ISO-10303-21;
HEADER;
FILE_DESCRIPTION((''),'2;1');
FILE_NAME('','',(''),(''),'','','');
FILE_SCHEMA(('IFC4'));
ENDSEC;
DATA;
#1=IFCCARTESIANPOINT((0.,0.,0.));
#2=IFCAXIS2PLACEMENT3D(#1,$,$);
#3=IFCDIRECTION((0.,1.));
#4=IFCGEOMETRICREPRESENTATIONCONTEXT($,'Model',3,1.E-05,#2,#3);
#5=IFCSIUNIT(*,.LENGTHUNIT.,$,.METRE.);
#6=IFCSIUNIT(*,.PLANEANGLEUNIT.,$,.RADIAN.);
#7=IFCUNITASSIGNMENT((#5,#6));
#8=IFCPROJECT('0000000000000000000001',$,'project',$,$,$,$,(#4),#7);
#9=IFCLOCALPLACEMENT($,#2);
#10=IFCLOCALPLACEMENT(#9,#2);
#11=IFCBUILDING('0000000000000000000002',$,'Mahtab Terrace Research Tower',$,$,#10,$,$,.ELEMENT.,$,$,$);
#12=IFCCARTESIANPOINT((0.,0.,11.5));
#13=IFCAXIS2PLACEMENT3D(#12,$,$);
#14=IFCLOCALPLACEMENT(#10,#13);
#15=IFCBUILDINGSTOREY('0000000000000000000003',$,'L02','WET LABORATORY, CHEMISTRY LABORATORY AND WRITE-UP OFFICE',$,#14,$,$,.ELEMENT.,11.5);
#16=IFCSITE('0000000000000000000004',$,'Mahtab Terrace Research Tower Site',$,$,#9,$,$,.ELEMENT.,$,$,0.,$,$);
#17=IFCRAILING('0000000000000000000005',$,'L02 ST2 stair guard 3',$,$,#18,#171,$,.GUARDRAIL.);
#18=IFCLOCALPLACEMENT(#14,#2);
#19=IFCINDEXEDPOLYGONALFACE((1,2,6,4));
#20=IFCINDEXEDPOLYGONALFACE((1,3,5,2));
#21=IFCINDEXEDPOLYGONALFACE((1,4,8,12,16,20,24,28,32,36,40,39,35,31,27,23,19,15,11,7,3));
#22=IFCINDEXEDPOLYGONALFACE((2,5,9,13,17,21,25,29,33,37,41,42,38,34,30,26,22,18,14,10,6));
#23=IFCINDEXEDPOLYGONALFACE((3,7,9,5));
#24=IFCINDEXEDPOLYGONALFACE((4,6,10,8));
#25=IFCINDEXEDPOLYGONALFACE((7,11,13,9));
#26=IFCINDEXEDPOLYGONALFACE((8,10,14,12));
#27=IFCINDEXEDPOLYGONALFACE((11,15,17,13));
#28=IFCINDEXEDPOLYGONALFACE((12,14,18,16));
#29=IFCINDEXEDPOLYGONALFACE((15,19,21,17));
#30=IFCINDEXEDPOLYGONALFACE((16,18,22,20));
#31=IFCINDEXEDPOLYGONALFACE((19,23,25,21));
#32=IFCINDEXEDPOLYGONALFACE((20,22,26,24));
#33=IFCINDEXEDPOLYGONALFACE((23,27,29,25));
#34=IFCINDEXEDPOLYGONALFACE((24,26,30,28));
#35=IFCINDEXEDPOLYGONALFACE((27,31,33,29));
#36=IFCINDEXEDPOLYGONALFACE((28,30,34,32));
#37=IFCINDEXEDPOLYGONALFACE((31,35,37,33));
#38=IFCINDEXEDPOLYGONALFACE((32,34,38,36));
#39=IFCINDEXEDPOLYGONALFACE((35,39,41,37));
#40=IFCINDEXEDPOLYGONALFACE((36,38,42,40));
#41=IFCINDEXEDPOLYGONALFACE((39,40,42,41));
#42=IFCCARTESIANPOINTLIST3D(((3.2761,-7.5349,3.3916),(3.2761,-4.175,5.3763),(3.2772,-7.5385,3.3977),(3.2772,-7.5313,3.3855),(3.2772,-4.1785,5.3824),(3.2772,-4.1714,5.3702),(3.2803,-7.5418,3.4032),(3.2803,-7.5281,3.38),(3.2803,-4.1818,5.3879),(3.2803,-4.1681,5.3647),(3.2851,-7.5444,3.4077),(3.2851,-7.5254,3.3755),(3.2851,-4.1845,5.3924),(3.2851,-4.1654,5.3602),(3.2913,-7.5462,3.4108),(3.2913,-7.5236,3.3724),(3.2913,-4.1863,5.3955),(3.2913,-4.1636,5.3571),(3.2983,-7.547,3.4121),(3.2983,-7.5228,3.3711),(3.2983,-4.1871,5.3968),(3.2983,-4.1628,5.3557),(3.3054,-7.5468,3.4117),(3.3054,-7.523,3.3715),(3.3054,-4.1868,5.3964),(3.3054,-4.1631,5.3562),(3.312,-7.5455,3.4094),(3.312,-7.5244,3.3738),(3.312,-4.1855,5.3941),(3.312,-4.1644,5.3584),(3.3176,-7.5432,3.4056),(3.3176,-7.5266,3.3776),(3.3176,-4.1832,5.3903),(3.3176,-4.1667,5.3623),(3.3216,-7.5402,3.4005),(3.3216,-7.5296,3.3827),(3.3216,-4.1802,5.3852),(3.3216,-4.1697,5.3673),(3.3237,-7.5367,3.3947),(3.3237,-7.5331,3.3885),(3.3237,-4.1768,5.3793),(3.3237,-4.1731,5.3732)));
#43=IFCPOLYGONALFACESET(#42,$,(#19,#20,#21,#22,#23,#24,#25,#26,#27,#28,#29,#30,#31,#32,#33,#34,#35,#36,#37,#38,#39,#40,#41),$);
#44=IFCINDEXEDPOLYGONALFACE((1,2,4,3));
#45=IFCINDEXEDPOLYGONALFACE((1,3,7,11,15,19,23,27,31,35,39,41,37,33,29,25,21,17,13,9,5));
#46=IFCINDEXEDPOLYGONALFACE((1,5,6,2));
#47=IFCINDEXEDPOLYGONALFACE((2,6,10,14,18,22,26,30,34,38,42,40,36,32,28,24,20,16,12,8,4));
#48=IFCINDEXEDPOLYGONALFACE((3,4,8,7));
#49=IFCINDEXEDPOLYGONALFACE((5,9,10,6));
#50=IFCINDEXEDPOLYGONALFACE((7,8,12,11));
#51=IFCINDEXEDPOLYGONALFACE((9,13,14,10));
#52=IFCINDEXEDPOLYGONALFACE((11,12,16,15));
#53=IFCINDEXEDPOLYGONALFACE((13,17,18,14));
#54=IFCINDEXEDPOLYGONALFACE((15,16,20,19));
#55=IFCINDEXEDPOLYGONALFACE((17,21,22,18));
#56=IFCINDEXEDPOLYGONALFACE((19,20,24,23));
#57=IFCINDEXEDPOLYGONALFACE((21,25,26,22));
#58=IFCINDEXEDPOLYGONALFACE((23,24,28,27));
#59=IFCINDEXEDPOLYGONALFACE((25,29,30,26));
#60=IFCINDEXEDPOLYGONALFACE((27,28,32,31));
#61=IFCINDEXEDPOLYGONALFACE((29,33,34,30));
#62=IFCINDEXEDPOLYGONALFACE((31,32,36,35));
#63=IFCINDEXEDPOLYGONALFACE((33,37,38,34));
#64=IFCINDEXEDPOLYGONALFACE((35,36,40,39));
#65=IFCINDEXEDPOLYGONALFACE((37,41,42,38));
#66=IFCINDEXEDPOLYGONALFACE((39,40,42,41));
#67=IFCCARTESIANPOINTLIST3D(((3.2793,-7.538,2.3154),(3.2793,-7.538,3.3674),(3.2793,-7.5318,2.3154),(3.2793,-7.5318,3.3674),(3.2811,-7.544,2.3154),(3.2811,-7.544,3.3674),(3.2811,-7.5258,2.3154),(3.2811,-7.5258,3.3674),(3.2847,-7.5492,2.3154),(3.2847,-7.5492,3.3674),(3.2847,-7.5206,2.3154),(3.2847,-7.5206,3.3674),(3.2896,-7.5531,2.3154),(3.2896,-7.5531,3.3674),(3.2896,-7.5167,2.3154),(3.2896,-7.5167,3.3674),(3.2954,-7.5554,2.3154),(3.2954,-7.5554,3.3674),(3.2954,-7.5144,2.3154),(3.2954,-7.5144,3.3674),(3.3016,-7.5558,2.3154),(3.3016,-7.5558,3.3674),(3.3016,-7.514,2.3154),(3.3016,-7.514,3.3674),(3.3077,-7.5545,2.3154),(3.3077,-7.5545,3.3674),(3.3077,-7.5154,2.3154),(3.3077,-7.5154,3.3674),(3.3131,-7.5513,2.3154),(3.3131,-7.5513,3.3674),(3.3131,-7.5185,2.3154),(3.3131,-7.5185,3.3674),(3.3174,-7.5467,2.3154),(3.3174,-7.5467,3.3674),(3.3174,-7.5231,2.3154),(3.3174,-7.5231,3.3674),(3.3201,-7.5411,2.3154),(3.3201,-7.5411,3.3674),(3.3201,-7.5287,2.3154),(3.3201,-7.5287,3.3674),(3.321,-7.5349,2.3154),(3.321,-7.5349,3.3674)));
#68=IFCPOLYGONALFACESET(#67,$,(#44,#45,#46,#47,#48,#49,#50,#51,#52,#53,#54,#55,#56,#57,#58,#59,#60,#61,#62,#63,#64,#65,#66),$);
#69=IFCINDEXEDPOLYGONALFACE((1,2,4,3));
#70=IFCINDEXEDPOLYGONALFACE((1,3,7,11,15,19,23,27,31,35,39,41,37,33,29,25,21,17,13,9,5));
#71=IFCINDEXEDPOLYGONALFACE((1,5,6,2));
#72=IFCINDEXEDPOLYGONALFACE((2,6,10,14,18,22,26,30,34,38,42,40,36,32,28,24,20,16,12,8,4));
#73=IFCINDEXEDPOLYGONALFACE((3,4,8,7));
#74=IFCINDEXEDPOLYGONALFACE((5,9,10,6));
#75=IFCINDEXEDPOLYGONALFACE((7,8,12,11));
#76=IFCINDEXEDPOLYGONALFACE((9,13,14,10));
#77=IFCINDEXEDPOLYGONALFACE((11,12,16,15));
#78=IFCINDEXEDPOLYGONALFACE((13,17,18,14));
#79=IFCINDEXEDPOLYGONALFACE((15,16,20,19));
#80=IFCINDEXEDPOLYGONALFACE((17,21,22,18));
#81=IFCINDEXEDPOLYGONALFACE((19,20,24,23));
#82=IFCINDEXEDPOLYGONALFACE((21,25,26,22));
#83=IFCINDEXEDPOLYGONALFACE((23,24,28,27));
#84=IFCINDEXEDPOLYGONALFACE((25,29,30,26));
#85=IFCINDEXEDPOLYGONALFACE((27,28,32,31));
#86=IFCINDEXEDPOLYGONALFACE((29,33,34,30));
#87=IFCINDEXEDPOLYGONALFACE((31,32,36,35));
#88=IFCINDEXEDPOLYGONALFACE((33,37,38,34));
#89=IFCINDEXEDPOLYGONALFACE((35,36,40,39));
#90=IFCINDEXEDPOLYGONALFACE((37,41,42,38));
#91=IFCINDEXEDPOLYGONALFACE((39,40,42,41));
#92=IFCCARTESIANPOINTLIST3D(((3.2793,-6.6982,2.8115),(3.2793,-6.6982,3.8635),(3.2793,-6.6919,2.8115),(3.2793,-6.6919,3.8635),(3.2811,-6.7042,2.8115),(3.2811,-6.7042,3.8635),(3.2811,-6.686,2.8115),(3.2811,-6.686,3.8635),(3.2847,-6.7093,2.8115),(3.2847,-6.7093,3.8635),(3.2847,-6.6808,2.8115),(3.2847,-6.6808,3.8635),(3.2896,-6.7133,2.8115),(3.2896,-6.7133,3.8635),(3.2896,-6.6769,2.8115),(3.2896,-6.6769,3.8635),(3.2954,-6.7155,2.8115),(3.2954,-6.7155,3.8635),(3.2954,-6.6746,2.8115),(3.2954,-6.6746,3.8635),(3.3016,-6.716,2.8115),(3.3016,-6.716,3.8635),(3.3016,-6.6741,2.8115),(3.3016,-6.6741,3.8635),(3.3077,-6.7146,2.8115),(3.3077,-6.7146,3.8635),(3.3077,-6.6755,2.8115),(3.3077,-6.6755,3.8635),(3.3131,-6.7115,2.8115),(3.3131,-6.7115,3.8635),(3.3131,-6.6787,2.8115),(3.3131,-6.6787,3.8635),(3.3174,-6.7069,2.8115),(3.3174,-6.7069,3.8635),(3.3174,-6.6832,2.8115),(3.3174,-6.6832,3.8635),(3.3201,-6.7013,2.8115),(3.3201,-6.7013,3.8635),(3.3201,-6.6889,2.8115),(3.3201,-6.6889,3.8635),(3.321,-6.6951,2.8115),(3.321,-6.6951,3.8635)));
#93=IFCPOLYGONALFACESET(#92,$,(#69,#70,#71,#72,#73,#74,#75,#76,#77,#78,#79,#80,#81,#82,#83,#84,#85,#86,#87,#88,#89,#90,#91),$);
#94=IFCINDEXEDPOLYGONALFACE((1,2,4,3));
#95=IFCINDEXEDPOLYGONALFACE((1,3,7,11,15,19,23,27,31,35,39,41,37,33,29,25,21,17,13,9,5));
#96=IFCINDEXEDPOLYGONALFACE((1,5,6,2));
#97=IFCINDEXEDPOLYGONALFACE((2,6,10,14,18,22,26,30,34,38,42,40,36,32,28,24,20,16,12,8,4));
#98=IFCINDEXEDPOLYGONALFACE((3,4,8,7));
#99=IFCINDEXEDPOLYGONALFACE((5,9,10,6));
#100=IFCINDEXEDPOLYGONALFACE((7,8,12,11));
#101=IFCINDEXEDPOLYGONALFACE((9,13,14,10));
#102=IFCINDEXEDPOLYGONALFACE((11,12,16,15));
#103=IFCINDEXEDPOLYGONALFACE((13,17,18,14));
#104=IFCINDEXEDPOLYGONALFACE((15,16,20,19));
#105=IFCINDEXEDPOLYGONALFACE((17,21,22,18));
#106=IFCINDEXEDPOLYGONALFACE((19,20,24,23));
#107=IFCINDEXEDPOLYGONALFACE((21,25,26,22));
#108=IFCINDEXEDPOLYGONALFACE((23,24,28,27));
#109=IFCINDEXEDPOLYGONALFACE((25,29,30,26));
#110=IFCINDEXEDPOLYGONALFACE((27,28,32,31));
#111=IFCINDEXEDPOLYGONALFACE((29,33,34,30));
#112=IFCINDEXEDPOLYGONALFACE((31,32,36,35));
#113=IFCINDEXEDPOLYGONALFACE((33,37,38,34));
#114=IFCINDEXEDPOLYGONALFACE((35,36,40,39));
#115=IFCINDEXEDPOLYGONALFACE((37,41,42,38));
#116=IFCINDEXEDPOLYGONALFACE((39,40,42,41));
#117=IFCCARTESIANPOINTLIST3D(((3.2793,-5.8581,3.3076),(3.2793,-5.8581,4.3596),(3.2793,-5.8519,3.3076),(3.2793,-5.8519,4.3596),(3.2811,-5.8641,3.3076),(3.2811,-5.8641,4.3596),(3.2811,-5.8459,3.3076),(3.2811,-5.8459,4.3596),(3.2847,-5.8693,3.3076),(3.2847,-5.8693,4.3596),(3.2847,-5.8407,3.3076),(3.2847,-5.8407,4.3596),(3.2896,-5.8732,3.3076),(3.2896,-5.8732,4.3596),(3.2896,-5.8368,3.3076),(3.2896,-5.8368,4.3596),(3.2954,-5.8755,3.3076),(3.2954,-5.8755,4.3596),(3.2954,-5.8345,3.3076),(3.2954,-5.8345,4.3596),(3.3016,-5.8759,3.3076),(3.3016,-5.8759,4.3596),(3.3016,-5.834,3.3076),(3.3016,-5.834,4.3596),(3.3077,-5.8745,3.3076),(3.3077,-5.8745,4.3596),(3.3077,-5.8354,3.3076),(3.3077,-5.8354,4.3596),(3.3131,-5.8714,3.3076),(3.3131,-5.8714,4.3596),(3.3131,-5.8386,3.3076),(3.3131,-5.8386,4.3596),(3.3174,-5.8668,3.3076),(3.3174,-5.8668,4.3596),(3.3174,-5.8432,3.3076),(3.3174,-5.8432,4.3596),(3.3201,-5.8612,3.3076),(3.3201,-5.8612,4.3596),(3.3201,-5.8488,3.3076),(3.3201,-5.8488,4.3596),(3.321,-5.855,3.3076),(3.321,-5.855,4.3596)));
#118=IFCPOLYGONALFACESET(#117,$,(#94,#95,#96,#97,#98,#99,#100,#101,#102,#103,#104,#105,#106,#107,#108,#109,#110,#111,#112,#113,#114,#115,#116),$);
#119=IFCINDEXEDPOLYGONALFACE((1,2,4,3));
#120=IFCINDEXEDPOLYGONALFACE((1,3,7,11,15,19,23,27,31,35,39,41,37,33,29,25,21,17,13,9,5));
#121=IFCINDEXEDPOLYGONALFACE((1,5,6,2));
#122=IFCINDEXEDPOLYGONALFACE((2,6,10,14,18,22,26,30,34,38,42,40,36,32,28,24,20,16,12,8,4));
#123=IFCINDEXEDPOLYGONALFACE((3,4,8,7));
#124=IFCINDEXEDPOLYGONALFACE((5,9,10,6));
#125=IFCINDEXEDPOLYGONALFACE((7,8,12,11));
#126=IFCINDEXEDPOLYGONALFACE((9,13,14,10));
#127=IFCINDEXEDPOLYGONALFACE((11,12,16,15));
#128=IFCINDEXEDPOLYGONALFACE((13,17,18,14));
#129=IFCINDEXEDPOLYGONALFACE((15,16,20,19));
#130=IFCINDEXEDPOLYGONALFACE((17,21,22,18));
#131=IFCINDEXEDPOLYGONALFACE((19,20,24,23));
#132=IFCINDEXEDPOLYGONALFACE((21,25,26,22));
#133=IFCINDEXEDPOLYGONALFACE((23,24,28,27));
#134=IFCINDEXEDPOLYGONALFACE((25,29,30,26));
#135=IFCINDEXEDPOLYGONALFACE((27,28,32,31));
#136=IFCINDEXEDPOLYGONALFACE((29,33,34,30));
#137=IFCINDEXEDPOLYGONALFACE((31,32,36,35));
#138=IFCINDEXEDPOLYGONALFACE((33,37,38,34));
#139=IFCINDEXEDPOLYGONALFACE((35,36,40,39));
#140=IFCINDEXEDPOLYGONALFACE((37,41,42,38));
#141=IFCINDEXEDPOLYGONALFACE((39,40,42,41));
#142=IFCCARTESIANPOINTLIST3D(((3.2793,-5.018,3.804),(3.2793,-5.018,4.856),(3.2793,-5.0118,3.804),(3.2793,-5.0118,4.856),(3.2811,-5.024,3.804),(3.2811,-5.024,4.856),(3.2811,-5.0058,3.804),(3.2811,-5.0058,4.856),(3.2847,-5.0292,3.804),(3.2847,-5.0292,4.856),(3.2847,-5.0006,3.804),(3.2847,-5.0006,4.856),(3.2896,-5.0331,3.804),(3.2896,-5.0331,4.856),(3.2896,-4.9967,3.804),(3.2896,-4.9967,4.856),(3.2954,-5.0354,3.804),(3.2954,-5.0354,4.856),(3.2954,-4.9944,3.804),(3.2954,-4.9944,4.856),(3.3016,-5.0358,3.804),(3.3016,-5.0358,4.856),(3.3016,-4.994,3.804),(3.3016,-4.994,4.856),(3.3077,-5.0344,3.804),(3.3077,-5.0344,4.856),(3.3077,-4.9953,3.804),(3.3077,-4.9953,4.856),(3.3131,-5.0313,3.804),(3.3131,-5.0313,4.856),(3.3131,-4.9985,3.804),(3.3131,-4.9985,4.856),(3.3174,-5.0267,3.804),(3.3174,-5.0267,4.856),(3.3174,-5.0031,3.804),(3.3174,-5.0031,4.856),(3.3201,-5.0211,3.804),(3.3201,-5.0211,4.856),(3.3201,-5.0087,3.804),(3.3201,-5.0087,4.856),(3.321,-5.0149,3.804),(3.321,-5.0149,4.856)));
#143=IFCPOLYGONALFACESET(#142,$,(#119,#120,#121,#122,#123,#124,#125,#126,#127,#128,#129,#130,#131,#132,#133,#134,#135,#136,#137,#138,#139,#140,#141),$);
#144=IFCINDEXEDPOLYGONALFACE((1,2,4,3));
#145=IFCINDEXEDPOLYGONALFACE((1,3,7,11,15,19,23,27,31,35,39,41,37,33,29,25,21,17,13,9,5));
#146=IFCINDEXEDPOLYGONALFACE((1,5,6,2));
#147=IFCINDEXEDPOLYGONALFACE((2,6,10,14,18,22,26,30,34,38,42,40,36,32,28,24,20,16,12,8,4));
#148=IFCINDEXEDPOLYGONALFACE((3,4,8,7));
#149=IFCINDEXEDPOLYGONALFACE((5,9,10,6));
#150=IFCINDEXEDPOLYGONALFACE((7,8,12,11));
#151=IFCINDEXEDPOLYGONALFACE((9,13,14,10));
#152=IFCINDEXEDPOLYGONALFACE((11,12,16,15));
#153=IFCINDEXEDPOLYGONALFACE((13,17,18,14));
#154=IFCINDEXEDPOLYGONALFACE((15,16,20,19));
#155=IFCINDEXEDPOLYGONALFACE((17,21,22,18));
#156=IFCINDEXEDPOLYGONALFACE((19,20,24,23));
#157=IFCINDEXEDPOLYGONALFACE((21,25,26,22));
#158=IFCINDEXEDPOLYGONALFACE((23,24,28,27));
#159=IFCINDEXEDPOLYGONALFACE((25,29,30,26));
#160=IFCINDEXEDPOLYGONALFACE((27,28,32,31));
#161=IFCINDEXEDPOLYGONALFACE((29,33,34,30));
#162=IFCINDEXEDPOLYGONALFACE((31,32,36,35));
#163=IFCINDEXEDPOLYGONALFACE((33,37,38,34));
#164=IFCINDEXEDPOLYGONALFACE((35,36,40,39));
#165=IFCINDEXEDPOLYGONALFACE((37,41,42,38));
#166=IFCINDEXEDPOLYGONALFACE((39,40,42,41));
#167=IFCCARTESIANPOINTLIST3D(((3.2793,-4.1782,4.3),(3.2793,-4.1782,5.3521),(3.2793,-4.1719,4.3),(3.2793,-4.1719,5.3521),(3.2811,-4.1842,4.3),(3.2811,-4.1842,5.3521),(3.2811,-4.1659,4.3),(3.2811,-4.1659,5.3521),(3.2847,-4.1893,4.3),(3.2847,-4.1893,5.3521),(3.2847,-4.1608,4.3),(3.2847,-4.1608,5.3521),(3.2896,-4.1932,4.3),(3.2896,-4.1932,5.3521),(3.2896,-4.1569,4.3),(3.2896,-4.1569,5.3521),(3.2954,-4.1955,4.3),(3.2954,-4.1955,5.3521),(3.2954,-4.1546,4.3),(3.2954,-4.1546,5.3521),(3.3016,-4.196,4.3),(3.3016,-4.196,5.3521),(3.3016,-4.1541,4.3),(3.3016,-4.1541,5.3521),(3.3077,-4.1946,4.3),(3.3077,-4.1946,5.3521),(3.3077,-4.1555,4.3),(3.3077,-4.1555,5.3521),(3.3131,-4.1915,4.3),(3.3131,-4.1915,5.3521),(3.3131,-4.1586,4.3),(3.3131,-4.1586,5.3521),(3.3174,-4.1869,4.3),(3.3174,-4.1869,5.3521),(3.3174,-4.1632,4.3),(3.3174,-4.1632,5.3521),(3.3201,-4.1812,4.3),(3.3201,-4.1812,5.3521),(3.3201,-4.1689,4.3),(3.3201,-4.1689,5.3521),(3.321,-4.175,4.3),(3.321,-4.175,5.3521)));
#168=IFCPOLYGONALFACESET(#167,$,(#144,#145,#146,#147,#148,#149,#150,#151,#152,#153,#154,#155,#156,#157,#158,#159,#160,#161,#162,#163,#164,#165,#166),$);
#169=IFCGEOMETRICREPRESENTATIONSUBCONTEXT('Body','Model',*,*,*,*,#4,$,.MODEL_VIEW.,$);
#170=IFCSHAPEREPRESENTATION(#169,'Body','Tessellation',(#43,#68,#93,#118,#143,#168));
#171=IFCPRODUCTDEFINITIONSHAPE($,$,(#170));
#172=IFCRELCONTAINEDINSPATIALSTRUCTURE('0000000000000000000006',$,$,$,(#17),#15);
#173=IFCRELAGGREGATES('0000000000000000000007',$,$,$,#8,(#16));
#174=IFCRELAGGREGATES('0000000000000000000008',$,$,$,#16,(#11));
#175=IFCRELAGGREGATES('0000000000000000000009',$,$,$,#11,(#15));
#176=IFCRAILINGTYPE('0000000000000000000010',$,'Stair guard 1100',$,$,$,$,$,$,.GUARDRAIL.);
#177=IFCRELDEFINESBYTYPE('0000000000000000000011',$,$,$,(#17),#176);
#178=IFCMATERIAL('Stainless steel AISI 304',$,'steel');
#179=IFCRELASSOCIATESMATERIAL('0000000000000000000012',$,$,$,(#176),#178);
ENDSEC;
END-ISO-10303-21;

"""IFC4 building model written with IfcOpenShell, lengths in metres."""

from ifc_helpers import new_model, si_unit, direction, frame, origin, origin_2d, place, context, subcontext, project, spatial, circle, extrude, material, type_object, element, save


model = new_model("IFC4")

# Units and contexts
model_context = context("Model", 3, precision=1e-05, world=origin(), true_north=direction((0.0, 1.0)))
body_context = subcontext(model_context, "Body", "Model", "MODEL_VIEW")
ifc_project = project(units=[si_unit("LENGTHUNIT", "METRE"), si_unit("PLANEANGLEUNIT", "RADIAN")], contexts=[model_context])

# Site, building, storey
site_placement = place(None, origin())
site = spatial("IfcSite", under=ifc_project, at=site_placement, Name="Mahtab Terrace Research Tower Site", CompositionType="ELEMENT", RefElevation=0.0)
building_placement = place(site_placement, origin())
building = spatial("IfcBuilding", under=site, at=building_placement, Name="Mahtab Terrace Research Tower", CompositionType="ELEMENT")
storey_placement = place(building_placement, frame((0.0, 0.0, 11.5)))
storey = spatial("IfcBuildingStorey", under=building, at=storey_placement, Name="L02", Description="WET LABORATORY, CHEMISTRY LABORATORY AND WRITE-UP OFFICE", CompositionType="ELEMENT", Elevation=11.5)

# Railing
ifc_material_1 = material(Name="Stainless steel AISI 304", Category="steel")
railing_type_1 = type_object("IfcRailingType", Name="Stair guard 1100", PredefinedType="GUARDRAIL", material=ifc_material_1)
railing_1_placement = place(storey_placement, frame((3.3, -7.5349, 2.3154)))
element("IfcRailing", 1, at=railing_1_placement, inside=storey, type_object=railing_type_1, Name="L02 ST2 stair guard 3", PredefinedType="GUARDRAIL", context=body_context, shape_type="SweptSolid", body=[
    extrude(circle(Radius=0.0239, at=origin_2d()), frame((0.0, 0.0, 1.0762), z_axis=(0.0, 0.861011, 0.508586), x_axis=(-1.0, 0.0, 0.0)), (0.0, 0.0, 1.0), 3.9023),
    extrude(circle(Radius=0.021, at=origin_2d()), origin(), (0.0, 0.0, 1.0), 1.052),
    extrude(circle(Radius=0.021, at=origin_2d()), frame((0.0, 0.8398, 0.4961)), (0.0, 0.0, 1.0), 1.052),
    extrude(circle(Radius=0.021, at=origin_2d()), frame((0.0, 1.6799, 0.9922)), (0.0, 0.0, 1.0), 1.052),
    extrude(circle(Radius=0.021, at=origin_2d()), frame((0.0, 2.52, 1.4885)), (0.0, 0.0, 1.0), 1.052),
    extrude(circle(Radius=0.021, at=origin_2d()), frame((0.0, 3.3599, 1.9846)), (0.0, 0.0, 1.0), 1.052),
])

save(model, "model.ifc")
